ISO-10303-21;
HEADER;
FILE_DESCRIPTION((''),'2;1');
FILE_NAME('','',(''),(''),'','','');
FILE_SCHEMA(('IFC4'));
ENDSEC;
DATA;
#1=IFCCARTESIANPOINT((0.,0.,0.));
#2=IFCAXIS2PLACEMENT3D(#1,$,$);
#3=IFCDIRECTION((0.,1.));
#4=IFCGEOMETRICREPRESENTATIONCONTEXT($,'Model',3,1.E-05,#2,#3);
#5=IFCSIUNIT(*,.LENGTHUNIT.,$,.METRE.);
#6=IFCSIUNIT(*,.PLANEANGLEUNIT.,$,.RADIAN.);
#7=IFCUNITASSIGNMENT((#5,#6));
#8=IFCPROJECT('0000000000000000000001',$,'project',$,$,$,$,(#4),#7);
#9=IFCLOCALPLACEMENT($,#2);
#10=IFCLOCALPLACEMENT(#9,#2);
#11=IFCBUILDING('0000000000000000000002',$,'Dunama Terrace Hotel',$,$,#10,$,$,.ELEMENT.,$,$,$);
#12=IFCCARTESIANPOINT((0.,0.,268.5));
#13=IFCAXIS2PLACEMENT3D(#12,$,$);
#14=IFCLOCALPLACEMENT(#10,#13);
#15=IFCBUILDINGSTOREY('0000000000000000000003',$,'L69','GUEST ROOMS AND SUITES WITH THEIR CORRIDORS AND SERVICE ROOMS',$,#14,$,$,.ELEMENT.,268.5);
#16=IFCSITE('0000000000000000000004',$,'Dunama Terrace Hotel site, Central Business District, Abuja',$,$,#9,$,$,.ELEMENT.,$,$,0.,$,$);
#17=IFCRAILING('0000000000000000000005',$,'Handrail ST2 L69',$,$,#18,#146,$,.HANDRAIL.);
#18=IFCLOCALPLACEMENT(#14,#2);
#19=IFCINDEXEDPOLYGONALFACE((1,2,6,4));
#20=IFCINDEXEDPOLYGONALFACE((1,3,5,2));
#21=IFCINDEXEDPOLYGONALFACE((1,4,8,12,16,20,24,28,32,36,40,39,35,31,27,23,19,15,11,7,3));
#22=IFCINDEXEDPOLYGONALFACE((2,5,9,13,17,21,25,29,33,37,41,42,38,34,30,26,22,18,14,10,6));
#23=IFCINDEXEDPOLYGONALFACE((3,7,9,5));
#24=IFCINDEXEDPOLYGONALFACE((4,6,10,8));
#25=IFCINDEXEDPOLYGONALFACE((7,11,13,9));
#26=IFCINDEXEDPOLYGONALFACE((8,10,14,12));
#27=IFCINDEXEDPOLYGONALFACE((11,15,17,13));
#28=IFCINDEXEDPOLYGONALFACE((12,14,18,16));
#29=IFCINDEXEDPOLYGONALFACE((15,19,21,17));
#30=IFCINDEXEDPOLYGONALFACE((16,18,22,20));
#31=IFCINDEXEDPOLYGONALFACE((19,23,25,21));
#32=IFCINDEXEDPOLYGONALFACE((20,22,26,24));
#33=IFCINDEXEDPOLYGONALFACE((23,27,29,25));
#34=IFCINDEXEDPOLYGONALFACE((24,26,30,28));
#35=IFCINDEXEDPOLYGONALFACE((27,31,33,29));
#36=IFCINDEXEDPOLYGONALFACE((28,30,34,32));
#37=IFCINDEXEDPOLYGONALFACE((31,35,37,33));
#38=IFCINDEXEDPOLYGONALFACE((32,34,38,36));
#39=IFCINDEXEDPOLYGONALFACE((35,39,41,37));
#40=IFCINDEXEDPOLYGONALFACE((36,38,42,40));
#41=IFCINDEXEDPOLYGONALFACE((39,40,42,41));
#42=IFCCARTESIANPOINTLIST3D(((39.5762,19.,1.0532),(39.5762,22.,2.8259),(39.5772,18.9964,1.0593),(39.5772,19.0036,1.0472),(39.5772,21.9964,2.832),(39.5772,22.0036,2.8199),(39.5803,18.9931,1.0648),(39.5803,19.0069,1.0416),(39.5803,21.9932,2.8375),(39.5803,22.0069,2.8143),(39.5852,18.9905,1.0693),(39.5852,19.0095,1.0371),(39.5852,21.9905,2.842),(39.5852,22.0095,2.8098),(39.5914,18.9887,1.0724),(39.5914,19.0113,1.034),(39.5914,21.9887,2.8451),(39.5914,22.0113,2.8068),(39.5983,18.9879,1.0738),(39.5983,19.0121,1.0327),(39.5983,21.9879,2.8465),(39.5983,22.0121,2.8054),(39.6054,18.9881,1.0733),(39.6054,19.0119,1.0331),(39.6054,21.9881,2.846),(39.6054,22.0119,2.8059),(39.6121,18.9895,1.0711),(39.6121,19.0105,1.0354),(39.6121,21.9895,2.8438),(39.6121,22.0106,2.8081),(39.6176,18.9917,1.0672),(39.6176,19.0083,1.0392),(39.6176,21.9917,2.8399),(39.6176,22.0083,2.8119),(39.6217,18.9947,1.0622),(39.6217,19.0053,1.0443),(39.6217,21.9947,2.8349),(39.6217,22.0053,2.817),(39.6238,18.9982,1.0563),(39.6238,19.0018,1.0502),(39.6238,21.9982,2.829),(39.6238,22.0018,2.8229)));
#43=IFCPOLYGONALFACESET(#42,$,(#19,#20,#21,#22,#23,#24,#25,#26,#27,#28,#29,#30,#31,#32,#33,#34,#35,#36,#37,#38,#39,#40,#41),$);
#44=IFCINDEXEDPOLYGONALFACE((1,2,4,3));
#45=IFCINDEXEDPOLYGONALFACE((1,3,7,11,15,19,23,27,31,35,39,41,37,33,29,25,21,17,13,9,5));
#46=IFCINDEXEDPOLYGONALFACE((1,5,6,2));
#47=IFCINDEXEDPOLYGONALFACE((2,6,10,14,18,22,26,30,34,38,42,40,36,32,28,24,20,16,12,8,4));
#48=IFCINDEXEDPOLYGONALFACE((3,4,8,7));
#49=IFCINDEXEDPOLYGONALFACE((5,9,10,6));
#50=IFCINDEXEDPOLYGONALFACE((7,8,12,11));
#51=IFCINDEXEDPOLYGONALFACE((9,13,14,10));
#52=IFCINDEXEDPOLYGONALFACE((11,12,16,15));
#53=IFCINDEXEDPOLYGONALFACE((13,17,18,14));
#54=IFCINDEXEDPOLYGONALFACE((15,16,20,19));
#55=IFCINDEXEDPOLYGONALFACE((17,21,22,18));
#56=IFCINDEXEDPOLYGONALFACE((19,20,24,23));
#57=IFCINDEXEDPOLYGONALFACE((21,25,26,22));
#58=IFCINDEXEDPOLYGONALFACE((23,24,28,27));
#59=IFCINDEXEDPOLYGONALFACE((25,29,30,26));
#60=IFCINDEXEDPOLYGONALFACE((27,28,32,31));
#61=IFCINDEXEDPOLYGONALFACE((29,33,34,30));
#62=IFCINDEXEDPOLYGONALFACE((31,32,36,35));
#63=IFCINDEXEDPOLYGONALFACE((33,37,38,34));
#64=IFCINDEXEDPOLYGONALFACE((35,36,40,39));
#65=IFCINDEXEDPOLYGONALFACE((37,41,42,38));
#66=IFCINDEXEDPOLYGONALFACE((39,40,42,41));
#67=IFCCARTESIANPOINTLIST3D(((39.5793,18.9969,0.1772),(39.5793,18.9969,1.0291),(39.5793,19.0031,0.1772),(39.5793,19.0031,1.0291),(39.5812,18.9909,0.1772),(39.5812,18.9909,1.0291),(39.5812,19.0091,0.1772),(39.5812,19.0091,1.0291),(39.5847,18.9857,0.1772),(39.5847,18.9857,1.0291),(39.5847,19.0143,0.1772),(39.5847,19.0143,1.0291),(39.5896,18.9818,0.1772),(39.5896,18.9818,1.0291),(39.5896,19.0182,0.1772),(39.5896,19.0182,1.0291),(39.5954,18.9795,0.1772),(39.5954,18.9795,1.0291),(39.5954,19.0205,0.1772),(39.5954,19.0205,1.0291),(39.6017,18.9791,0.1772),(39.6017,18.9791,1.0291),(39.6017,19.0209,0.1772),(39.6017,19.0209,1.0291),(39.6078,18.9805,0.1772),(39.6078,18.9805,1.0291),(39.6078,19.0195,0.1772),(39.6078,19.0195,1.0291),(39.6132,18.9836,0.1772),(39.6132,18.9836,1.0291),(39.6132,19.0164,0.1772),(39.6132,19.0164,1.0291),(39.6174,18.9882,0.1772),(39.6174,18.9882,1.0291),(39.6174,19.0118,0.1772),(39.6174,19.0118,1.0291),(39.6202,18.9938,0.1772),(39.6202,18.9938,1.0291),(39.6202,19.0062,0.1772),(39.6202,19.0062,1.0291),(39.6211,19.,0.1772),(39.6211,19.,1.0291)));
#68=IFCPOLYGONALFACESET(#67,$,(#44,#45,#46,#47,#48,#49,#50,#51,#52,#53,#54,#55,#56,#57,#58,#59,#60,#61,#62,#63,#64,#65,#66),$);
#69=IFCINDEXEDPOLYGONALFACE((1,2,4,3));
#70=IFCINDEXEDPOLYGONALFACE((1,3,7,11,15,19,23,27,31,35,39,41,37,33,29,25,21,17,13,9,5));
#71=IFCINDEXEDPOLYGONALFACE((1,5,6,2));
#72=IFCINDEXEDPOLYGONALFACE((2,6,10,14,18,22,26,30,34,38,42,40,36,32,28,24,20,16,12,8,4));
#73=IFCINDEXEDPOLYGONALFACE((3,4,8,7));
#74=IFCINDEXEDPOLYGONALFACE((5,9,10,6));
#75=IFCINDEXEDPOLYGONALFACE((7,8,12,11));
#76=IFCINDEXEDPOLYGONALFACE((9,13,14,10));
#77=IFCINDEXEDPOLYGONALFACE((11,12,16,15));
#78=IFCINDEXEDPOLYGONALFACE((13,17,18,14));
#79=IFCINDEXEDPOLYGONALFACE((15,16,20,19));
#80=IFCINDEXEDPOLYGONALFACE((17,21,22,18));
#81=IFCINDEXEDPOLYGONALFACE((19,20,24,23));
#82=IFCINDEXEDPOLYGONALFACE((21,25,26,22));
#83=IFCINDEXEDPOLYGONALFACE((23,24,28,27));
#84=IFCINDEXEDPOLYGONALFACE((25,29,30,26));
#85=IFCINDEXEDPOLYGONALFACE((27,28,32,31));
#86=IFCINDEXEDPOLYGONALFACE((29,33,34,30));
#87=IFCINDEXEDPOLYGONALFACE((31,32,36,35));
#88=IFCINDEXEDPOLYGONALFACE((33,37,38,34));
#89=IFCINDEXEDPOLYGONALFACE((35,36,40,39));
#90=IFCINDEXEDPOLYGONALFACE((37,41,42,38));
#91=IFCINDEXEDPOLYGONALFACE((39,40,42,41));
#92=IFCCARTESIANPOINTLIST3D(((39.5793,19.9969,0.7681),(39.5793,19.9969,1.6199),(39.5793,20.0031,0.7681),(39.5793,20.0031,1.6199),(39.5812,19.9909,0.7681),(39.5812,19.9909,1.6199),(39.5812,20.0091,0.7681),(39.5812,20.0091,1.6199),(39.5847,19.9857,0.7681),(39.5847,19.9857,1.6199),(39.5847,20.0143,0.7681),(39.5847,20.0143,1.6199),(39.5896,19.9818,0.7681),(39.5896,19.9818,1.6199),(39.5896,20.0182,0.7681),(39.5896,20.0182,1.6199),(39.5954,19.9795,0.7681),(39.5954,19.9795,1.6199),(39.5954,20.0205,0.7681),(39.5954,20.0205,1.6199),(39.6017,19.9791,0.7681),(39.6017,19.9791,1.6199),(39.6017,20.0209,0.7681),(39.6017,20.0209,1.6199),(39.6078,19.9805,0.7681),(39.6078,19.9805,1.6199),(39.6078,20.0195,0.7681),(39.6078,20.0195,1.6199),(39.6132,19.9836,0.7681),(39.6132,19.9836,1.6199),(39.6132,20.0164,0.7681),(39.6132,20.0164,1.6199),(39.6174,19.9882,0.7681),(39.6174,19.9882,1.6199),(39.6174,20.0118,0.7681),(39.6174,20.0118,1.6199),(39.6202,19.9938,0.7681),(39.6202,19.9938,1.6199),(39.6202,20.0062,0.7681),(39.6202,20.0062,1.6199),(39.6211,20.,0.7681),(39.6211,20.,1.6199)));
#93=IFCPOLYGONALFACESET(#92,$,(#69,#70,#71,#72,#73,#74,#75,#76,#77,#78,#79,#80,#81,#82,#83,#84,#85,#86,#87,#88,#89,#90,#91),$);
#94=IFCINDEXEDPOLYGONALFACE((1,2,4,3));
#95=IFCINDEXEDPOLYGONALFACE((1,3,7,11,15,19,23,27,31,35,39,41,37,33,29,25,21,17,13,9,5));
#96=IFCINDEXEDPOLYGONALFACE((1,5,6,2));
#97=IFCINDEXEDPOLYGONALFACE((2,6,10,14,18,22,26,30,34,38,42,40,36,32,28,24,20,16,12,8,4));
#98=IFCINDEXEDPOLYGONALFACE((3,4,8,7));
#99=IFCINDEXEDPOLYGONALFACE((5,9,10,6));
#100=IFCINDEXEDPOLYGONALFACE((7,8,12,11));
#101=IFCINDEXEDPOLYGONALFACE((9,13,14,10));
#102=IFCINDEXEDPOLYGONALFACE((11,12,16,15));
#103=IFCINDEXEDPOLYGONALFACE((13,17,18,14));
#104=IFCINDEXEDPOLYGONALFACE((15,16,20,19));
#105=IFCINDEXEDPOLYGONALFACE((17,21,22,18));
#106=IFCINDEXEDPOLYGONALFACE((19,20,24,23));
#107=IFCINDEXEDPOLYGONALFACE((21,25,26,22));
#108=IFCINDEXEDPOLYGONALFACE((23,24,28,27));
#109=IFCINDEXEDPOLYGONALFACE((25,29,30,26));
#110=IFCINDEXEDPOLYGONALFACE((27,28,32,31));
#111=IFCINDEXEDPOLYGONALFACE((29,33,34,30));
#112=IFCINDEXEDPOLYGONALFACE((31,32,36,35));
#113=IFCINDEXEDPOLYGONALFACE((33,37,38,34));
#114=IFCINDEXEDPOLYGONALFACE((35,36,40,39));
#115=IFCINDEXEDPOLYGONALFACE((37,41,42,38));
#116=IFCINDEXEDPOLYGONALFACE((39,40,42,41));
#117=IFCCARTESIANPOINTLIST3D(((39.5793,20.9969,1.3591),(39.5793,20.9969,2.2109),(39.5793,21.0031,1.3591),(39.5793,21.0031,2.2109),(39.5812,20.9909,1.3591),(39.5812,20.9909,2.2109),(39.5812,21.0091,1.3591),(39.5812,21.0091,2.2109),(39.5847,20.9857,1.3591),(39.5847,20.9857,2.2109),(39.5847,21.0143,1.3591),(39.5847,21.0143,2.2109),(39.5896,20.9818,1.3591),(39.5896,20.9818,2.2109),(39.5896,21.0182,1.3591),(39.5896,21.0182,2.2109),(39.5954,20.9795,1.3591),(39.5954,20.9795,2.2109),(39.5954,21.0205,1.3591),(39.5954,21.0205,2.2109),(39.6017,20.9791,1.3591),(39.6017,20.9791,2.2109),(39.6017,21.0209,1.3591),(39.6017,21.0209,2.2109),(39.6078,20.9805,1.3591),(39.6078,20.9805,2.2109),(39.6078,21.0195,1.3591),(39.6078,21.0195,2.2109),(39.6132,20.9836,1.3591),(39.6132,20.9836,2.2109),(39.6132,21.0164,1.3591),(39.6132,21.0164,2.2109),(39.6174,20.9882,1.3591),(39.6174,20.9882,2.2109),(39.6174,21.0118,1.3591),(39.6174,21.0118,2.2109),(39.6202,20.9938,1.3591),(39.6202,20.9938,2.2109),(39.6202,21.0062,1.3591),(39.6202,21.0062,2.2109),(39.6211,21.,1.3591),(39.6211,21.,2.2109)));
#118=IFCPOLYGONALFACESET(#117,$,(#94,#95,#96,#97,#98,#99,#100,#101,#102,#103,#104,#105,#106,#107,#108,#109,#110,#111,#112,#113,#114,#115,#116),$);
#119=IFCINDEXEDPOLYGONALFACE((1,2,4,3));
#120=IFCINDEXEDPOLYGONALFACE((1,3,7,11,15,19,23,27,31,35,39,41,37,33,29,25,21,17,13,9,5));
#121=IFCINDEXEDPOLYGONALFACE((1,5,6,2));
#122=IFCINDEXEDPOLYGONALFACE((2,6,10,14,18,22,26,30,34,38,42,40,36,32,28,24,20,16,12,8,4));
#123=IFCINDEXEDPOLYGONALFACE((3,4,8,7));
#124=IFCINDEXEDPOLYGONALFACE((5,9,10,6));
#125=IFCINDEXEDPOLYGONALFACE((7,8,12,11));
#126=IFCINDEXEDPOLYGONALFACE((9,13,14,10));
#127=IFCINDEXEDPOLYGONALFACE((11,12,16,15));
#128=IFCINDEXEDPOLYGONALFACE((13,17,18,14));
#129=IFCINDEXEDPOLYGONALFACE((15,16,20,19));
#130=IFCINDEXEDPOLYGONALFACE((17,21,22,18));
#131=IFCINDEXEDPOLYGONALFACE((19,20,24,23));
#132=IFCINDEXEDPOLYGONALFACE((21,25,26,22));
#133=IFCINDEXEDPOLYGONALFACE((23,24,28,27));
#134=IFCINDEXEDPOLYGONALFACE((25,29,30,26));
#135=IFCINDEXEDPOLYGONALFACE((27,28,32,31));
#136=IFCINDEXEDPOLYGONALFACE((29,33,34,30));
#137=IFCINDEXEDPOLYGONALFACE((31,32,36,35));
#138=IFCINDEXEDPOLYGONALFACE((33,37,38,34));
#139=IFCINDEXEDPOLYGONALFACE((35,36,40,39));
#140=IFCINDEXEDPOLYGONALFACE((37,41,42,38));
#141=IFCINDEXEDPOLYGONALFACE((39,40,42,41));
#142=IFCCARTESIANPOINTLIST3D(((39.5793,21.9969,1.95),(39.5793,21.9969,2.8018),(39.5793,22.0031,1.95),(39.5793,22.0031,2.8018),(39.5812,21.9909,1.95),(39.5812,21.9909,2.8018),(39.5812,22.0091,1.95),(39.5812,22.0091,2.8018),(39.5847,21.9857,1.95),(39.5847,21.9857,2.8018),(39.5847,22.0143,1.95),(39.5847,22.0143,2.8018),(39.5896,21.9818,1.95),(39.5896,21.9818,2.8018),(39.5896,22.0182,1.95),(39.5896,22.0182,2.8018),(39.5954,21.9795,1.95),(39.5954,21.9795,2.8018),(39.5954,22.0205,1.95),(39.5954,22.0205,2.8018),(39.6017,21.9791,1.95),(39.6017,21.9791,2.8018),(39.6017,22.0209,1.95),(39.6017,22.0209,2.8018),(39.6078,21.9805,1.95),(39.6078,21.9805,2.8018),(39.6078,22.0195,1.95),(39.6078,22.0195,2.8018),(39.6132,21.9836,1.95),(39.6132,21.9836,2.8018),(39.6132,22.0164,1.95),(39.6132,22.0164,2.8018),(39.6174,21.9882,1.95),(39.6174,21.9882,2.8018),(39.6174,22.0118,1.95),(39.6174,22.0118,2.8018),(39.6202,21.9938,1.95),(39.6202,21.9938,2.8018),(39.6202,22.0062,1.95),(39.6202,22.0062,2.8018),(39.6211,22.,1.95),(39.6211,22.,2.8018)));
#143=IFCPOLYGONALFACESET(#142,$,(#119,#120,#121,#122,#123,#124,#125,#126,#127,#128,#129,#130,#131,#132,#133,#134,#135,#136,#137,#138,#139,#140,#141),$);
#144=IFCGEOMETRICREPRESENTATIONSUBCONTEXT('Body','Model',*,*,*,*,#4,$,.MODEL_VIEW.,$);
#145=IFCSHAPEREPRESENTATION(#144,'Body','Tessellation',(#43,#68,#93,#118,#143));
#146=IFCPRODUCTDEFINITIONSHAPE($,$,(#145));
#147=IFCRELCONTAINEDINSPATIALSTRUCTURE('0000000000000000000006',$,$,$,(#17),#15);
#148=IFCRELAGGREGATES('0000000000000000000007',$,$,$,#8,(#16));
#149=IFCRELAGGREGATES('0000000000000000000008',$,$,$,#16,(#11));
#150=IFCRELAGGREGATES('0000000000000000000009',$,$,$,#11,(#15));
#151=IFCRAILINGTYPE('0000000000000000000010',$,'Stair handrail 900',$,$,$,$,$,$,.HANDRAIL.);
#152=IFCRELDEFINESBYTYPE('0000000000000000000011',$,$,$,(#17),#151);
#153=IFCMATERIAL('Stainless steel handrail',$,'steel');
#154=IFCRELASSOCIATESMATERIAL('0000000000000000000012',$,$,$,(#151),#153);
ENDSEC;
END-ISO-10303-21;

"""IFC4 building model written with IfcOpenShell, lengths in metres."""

from ifc_helpers import new_model, si_unit, direction, frame, origin, origin_2d, place, context, subcontext, project, spatial, circle, extrude, material, type_object, element, save


model = new_model("IFC4")

# Units and contexts
model_context = context("Model", 3, precision=1e-05, world=origin(), true_north=direction((0.0, 1.0)))
body_context = subcontext(model_context, "Body", "Model", "MODEL_VIEW")
ifc_project = project(units=[si_unit("LENGTHUNIT", "METRE"), si_unit("PLANEANGLEUNIT", "RADIAN")], contexts=[model_context])

# Site, building, storey
site_placement = place(None, origin())
site = spatial("IfcSite", under=ifc_project, at=site_placement, Name="Dunama Terrace Hotel site, Central Business District, Abuja", CompositionType="ELEMENT", RefElevation=0.0)
building_placement = place(site_placement, origin())
building = spatial("IfcBuilding", under=site, at=building_placement, Name="Dunama Terrace Hotel", CompositionType="ELEMENT")
storey_placement = place(building_placement, frame((0.0, 0.0, 268.5)))
storey = spatial("IfcBuildingStorey", under=building, at=storey_placement, Name="L69", Description="GUEST ROOMS AND SUITES WITH THEIR CORRIDORS AND SERVICE ROOMS", CompositionType="ELEMENT", Elevation=268.5)

# Railing
ifc_material_1 = material(Name="Stainless steel handrail", Category="steel")
railing_type_1 = type_object("IfcRailingType", Name="Stair handrail 900", PredefinedType="HANDRAIL", material=ifc_material_1)
railing_1_placement = place(storey_placement, frame((39.6001, 19.0, 0.1772)))
element("IfcRailing", 1, at=railing_1_placement, inside=storey, type_object=railing_type_1, Name="Handrail ST2 L69", PredefinedType="HANDRAIL", context=body_context, shape_type="SweptSolid", body=[
    extrude(circle(Radius=0.0239, at=origin_2d()), frame((0.0, 0.0, 0.876), z_axis=(0.0, 0.860929, 0.508725), x_axis=(-1.0, 0.0, 0.0)), (0.0, 0.0, 1.0), 3.4846),
    extrude(circle(Radius=0.021, at=origin_2d()), origin(), (0.0, 0.0, 1.0), 0.8518),
    extrude(circle(Radius=0.021, at=origin_2d()), frame((0.0, 1.0, 0.5908)), (0.0, 0.0, 1.0), 0.8518),
    extrude(circle(Radius=0.021, at=origin_2d()), frame((0.0, 2.0, 1.1819)), (0.0, 0.0, 1.0), 0.8518),
    extrude(circle(Radius=0.021, at=origin_2d()), frame((0.0, 3.0, 1.7727)), (0.0, 0.0, 1.0), 0.8518),
])

save(model, "model.ifc")
